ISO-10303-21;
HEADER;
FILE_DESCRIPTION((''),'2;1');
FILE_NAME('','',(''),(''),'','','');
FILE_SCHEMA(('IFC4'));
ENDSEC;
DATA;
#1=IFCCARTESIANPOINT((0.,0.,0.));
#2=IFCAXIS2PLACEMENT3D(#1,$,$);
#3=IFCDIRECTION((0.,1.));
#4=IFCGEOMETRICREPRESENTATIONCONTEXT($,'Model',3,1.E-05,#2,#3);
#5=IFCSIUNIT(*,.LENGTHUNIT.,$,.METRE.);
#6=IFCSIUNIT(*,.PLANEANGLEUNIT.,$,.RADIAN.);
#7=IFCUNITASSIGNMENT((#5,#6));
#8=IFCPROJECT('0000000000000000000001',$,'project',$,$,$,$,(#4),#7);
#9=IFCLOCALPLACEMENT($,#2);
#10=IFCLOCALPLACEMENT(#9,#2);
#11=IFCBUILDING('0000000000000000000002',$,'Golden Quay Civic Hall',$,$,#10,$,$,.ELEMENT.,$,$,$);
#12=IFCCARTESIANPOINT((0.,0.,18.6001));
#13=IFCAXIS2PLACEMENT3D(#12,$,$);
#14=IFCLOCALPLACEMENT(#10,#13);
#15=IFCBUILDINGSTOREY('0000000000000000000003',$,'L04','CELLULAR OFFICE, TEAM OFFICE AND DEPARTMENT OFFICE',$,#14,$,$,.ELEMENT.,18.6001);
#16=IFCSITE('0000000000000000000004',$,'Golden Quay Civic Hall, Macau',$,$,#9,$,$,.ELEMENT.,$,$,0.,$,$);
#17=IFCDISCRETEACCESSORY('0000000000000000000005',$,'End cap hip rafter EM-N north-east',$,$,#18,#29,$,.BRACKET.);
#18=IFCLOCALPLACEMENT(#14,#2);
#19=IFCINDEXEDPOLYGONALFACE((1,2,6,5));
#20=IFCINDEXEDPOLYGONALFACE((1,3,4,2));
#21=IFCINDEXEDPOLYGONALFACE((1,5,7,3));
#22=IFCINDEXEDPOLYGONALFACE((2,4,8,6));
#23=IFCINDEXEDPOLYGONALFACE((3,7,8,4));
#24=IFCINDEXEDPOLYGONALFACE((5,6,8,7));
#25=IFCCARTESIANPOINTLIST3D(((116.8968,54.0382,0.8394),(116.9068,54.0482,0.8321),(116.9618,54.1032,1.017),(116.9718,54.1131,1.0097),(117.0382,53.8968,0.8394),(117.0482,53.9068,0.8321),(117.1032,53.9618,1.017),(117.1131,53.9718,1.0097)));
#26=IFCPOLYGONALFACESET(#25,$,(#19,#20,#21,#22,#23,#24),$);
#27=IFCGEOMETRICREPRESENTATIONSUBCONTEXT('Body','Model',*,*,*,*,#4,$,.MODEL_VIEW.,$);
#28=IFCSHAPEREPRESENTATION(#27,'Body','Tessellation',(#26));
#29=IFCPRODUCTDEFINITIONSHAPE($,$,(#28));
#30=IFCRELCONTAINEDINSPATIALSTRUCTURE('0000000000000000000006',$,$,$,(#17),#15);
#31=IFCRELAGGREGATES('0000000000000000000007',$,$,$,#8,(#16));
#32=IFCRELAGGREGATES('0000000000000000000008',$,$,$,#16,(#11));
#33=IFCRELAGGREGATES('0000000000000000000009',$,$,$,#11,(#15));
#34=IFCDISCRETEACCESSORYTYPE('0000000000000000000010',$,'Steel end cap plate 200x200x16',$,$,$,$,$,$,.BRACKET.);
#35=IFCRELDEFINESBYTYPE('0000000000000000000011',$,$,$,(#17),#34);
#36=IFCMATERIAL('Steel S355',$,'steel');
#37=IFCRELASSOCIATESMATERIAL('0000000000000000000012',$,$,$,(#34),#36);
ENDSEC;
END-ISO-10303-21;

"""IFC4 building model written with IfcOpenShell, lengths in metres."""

from ifc_helpers import new_model, si_unit, direction, frame, origin, origin_2d, place, context, subcontext, project, spatial, rectangle, extrude, material, material_profile, profile_set, type_object, element, save


model = new_model("IFC4")

# Units and contexts
model_context = context("Model", 3, precision=1e-05, world=origin(), true_north=direction((0.0, 1.0)))
body_context = subcontext(model_context, "Body", "Model", "MODEL_VIEW")
ifc_project = project(units=[si_unit("LENGTHUNIT", "METRE"), si_unit("PLANEANGLEUNIT", "RADIAN")], contexts=[model_context])

# Site, building, storey
site_placement = place(None, origin())
site = spatial("IfcSite", under=ifc_project, at=site_placement, Name="Golden Quay Civic Hall, Macau", CompositionType="ELEMENT", RefElevation=0.0)
building_placement = place(site_placement, origin())
building = spatial("IfcBuilding", under=site, at=building_placement, Name="Golden Quay Civic Hall", CompositionType="ELEMENT")
storey_placement = place(building_placement, frame((0.0, 0.0, 18.6001)))
storey = spatial("IfcBuildingStorey", under=building, at=storey_placement, Name="L04", Description="CELLULAR OFFICE, TEAM OFFICE AND DEPARTMENT OFFICE", CompositionType="ELEMENT", Elevation=18.6001)

# Discrete accessory
ifc_material_1 = material(Name="Steel S355", Category="steel")
ifc_material_profile_1 = material_profile(ifc_material_1, rectangle(XDim=0.2, YDim=0.2, at=origin_2d()), Name="Steel end cap plate 200x200x16")
ifc_profile_set_1 = profile_set([ifc_material_profile_1], Name="Steel S355")
discrete_accessory_type = type_object("IfcDiscreteAccessoryType", Name="Steel end cap plate 200x200x16", PredefinedType="BRACKET", material=ifc_profile_set_1)
discrete_accessory_placement = place(storey_placement, frame((117.0, 54.0, 0.9282), z_axis=(0.628025, 0.628025, -0.459531), x_axis=(-0.707107, 0.707107, 0.0)))
element("IfcDiscreteAccessory", 1, at=discrete_accessory_placement, inside=storey, type_object=discrete_accessory_type, Name="End cap hip rafter EM-N north-east", PredefinedType="BRACKET", context=body_context, shape_type="SweptSolid", body=[
    extrude(rectangle(XDim=0.2, YDim=0.2, at=origin_2d()), origin(), (0.0, 0.0, 1.0), 0.0159),
])

save(model, "model.ifc")
